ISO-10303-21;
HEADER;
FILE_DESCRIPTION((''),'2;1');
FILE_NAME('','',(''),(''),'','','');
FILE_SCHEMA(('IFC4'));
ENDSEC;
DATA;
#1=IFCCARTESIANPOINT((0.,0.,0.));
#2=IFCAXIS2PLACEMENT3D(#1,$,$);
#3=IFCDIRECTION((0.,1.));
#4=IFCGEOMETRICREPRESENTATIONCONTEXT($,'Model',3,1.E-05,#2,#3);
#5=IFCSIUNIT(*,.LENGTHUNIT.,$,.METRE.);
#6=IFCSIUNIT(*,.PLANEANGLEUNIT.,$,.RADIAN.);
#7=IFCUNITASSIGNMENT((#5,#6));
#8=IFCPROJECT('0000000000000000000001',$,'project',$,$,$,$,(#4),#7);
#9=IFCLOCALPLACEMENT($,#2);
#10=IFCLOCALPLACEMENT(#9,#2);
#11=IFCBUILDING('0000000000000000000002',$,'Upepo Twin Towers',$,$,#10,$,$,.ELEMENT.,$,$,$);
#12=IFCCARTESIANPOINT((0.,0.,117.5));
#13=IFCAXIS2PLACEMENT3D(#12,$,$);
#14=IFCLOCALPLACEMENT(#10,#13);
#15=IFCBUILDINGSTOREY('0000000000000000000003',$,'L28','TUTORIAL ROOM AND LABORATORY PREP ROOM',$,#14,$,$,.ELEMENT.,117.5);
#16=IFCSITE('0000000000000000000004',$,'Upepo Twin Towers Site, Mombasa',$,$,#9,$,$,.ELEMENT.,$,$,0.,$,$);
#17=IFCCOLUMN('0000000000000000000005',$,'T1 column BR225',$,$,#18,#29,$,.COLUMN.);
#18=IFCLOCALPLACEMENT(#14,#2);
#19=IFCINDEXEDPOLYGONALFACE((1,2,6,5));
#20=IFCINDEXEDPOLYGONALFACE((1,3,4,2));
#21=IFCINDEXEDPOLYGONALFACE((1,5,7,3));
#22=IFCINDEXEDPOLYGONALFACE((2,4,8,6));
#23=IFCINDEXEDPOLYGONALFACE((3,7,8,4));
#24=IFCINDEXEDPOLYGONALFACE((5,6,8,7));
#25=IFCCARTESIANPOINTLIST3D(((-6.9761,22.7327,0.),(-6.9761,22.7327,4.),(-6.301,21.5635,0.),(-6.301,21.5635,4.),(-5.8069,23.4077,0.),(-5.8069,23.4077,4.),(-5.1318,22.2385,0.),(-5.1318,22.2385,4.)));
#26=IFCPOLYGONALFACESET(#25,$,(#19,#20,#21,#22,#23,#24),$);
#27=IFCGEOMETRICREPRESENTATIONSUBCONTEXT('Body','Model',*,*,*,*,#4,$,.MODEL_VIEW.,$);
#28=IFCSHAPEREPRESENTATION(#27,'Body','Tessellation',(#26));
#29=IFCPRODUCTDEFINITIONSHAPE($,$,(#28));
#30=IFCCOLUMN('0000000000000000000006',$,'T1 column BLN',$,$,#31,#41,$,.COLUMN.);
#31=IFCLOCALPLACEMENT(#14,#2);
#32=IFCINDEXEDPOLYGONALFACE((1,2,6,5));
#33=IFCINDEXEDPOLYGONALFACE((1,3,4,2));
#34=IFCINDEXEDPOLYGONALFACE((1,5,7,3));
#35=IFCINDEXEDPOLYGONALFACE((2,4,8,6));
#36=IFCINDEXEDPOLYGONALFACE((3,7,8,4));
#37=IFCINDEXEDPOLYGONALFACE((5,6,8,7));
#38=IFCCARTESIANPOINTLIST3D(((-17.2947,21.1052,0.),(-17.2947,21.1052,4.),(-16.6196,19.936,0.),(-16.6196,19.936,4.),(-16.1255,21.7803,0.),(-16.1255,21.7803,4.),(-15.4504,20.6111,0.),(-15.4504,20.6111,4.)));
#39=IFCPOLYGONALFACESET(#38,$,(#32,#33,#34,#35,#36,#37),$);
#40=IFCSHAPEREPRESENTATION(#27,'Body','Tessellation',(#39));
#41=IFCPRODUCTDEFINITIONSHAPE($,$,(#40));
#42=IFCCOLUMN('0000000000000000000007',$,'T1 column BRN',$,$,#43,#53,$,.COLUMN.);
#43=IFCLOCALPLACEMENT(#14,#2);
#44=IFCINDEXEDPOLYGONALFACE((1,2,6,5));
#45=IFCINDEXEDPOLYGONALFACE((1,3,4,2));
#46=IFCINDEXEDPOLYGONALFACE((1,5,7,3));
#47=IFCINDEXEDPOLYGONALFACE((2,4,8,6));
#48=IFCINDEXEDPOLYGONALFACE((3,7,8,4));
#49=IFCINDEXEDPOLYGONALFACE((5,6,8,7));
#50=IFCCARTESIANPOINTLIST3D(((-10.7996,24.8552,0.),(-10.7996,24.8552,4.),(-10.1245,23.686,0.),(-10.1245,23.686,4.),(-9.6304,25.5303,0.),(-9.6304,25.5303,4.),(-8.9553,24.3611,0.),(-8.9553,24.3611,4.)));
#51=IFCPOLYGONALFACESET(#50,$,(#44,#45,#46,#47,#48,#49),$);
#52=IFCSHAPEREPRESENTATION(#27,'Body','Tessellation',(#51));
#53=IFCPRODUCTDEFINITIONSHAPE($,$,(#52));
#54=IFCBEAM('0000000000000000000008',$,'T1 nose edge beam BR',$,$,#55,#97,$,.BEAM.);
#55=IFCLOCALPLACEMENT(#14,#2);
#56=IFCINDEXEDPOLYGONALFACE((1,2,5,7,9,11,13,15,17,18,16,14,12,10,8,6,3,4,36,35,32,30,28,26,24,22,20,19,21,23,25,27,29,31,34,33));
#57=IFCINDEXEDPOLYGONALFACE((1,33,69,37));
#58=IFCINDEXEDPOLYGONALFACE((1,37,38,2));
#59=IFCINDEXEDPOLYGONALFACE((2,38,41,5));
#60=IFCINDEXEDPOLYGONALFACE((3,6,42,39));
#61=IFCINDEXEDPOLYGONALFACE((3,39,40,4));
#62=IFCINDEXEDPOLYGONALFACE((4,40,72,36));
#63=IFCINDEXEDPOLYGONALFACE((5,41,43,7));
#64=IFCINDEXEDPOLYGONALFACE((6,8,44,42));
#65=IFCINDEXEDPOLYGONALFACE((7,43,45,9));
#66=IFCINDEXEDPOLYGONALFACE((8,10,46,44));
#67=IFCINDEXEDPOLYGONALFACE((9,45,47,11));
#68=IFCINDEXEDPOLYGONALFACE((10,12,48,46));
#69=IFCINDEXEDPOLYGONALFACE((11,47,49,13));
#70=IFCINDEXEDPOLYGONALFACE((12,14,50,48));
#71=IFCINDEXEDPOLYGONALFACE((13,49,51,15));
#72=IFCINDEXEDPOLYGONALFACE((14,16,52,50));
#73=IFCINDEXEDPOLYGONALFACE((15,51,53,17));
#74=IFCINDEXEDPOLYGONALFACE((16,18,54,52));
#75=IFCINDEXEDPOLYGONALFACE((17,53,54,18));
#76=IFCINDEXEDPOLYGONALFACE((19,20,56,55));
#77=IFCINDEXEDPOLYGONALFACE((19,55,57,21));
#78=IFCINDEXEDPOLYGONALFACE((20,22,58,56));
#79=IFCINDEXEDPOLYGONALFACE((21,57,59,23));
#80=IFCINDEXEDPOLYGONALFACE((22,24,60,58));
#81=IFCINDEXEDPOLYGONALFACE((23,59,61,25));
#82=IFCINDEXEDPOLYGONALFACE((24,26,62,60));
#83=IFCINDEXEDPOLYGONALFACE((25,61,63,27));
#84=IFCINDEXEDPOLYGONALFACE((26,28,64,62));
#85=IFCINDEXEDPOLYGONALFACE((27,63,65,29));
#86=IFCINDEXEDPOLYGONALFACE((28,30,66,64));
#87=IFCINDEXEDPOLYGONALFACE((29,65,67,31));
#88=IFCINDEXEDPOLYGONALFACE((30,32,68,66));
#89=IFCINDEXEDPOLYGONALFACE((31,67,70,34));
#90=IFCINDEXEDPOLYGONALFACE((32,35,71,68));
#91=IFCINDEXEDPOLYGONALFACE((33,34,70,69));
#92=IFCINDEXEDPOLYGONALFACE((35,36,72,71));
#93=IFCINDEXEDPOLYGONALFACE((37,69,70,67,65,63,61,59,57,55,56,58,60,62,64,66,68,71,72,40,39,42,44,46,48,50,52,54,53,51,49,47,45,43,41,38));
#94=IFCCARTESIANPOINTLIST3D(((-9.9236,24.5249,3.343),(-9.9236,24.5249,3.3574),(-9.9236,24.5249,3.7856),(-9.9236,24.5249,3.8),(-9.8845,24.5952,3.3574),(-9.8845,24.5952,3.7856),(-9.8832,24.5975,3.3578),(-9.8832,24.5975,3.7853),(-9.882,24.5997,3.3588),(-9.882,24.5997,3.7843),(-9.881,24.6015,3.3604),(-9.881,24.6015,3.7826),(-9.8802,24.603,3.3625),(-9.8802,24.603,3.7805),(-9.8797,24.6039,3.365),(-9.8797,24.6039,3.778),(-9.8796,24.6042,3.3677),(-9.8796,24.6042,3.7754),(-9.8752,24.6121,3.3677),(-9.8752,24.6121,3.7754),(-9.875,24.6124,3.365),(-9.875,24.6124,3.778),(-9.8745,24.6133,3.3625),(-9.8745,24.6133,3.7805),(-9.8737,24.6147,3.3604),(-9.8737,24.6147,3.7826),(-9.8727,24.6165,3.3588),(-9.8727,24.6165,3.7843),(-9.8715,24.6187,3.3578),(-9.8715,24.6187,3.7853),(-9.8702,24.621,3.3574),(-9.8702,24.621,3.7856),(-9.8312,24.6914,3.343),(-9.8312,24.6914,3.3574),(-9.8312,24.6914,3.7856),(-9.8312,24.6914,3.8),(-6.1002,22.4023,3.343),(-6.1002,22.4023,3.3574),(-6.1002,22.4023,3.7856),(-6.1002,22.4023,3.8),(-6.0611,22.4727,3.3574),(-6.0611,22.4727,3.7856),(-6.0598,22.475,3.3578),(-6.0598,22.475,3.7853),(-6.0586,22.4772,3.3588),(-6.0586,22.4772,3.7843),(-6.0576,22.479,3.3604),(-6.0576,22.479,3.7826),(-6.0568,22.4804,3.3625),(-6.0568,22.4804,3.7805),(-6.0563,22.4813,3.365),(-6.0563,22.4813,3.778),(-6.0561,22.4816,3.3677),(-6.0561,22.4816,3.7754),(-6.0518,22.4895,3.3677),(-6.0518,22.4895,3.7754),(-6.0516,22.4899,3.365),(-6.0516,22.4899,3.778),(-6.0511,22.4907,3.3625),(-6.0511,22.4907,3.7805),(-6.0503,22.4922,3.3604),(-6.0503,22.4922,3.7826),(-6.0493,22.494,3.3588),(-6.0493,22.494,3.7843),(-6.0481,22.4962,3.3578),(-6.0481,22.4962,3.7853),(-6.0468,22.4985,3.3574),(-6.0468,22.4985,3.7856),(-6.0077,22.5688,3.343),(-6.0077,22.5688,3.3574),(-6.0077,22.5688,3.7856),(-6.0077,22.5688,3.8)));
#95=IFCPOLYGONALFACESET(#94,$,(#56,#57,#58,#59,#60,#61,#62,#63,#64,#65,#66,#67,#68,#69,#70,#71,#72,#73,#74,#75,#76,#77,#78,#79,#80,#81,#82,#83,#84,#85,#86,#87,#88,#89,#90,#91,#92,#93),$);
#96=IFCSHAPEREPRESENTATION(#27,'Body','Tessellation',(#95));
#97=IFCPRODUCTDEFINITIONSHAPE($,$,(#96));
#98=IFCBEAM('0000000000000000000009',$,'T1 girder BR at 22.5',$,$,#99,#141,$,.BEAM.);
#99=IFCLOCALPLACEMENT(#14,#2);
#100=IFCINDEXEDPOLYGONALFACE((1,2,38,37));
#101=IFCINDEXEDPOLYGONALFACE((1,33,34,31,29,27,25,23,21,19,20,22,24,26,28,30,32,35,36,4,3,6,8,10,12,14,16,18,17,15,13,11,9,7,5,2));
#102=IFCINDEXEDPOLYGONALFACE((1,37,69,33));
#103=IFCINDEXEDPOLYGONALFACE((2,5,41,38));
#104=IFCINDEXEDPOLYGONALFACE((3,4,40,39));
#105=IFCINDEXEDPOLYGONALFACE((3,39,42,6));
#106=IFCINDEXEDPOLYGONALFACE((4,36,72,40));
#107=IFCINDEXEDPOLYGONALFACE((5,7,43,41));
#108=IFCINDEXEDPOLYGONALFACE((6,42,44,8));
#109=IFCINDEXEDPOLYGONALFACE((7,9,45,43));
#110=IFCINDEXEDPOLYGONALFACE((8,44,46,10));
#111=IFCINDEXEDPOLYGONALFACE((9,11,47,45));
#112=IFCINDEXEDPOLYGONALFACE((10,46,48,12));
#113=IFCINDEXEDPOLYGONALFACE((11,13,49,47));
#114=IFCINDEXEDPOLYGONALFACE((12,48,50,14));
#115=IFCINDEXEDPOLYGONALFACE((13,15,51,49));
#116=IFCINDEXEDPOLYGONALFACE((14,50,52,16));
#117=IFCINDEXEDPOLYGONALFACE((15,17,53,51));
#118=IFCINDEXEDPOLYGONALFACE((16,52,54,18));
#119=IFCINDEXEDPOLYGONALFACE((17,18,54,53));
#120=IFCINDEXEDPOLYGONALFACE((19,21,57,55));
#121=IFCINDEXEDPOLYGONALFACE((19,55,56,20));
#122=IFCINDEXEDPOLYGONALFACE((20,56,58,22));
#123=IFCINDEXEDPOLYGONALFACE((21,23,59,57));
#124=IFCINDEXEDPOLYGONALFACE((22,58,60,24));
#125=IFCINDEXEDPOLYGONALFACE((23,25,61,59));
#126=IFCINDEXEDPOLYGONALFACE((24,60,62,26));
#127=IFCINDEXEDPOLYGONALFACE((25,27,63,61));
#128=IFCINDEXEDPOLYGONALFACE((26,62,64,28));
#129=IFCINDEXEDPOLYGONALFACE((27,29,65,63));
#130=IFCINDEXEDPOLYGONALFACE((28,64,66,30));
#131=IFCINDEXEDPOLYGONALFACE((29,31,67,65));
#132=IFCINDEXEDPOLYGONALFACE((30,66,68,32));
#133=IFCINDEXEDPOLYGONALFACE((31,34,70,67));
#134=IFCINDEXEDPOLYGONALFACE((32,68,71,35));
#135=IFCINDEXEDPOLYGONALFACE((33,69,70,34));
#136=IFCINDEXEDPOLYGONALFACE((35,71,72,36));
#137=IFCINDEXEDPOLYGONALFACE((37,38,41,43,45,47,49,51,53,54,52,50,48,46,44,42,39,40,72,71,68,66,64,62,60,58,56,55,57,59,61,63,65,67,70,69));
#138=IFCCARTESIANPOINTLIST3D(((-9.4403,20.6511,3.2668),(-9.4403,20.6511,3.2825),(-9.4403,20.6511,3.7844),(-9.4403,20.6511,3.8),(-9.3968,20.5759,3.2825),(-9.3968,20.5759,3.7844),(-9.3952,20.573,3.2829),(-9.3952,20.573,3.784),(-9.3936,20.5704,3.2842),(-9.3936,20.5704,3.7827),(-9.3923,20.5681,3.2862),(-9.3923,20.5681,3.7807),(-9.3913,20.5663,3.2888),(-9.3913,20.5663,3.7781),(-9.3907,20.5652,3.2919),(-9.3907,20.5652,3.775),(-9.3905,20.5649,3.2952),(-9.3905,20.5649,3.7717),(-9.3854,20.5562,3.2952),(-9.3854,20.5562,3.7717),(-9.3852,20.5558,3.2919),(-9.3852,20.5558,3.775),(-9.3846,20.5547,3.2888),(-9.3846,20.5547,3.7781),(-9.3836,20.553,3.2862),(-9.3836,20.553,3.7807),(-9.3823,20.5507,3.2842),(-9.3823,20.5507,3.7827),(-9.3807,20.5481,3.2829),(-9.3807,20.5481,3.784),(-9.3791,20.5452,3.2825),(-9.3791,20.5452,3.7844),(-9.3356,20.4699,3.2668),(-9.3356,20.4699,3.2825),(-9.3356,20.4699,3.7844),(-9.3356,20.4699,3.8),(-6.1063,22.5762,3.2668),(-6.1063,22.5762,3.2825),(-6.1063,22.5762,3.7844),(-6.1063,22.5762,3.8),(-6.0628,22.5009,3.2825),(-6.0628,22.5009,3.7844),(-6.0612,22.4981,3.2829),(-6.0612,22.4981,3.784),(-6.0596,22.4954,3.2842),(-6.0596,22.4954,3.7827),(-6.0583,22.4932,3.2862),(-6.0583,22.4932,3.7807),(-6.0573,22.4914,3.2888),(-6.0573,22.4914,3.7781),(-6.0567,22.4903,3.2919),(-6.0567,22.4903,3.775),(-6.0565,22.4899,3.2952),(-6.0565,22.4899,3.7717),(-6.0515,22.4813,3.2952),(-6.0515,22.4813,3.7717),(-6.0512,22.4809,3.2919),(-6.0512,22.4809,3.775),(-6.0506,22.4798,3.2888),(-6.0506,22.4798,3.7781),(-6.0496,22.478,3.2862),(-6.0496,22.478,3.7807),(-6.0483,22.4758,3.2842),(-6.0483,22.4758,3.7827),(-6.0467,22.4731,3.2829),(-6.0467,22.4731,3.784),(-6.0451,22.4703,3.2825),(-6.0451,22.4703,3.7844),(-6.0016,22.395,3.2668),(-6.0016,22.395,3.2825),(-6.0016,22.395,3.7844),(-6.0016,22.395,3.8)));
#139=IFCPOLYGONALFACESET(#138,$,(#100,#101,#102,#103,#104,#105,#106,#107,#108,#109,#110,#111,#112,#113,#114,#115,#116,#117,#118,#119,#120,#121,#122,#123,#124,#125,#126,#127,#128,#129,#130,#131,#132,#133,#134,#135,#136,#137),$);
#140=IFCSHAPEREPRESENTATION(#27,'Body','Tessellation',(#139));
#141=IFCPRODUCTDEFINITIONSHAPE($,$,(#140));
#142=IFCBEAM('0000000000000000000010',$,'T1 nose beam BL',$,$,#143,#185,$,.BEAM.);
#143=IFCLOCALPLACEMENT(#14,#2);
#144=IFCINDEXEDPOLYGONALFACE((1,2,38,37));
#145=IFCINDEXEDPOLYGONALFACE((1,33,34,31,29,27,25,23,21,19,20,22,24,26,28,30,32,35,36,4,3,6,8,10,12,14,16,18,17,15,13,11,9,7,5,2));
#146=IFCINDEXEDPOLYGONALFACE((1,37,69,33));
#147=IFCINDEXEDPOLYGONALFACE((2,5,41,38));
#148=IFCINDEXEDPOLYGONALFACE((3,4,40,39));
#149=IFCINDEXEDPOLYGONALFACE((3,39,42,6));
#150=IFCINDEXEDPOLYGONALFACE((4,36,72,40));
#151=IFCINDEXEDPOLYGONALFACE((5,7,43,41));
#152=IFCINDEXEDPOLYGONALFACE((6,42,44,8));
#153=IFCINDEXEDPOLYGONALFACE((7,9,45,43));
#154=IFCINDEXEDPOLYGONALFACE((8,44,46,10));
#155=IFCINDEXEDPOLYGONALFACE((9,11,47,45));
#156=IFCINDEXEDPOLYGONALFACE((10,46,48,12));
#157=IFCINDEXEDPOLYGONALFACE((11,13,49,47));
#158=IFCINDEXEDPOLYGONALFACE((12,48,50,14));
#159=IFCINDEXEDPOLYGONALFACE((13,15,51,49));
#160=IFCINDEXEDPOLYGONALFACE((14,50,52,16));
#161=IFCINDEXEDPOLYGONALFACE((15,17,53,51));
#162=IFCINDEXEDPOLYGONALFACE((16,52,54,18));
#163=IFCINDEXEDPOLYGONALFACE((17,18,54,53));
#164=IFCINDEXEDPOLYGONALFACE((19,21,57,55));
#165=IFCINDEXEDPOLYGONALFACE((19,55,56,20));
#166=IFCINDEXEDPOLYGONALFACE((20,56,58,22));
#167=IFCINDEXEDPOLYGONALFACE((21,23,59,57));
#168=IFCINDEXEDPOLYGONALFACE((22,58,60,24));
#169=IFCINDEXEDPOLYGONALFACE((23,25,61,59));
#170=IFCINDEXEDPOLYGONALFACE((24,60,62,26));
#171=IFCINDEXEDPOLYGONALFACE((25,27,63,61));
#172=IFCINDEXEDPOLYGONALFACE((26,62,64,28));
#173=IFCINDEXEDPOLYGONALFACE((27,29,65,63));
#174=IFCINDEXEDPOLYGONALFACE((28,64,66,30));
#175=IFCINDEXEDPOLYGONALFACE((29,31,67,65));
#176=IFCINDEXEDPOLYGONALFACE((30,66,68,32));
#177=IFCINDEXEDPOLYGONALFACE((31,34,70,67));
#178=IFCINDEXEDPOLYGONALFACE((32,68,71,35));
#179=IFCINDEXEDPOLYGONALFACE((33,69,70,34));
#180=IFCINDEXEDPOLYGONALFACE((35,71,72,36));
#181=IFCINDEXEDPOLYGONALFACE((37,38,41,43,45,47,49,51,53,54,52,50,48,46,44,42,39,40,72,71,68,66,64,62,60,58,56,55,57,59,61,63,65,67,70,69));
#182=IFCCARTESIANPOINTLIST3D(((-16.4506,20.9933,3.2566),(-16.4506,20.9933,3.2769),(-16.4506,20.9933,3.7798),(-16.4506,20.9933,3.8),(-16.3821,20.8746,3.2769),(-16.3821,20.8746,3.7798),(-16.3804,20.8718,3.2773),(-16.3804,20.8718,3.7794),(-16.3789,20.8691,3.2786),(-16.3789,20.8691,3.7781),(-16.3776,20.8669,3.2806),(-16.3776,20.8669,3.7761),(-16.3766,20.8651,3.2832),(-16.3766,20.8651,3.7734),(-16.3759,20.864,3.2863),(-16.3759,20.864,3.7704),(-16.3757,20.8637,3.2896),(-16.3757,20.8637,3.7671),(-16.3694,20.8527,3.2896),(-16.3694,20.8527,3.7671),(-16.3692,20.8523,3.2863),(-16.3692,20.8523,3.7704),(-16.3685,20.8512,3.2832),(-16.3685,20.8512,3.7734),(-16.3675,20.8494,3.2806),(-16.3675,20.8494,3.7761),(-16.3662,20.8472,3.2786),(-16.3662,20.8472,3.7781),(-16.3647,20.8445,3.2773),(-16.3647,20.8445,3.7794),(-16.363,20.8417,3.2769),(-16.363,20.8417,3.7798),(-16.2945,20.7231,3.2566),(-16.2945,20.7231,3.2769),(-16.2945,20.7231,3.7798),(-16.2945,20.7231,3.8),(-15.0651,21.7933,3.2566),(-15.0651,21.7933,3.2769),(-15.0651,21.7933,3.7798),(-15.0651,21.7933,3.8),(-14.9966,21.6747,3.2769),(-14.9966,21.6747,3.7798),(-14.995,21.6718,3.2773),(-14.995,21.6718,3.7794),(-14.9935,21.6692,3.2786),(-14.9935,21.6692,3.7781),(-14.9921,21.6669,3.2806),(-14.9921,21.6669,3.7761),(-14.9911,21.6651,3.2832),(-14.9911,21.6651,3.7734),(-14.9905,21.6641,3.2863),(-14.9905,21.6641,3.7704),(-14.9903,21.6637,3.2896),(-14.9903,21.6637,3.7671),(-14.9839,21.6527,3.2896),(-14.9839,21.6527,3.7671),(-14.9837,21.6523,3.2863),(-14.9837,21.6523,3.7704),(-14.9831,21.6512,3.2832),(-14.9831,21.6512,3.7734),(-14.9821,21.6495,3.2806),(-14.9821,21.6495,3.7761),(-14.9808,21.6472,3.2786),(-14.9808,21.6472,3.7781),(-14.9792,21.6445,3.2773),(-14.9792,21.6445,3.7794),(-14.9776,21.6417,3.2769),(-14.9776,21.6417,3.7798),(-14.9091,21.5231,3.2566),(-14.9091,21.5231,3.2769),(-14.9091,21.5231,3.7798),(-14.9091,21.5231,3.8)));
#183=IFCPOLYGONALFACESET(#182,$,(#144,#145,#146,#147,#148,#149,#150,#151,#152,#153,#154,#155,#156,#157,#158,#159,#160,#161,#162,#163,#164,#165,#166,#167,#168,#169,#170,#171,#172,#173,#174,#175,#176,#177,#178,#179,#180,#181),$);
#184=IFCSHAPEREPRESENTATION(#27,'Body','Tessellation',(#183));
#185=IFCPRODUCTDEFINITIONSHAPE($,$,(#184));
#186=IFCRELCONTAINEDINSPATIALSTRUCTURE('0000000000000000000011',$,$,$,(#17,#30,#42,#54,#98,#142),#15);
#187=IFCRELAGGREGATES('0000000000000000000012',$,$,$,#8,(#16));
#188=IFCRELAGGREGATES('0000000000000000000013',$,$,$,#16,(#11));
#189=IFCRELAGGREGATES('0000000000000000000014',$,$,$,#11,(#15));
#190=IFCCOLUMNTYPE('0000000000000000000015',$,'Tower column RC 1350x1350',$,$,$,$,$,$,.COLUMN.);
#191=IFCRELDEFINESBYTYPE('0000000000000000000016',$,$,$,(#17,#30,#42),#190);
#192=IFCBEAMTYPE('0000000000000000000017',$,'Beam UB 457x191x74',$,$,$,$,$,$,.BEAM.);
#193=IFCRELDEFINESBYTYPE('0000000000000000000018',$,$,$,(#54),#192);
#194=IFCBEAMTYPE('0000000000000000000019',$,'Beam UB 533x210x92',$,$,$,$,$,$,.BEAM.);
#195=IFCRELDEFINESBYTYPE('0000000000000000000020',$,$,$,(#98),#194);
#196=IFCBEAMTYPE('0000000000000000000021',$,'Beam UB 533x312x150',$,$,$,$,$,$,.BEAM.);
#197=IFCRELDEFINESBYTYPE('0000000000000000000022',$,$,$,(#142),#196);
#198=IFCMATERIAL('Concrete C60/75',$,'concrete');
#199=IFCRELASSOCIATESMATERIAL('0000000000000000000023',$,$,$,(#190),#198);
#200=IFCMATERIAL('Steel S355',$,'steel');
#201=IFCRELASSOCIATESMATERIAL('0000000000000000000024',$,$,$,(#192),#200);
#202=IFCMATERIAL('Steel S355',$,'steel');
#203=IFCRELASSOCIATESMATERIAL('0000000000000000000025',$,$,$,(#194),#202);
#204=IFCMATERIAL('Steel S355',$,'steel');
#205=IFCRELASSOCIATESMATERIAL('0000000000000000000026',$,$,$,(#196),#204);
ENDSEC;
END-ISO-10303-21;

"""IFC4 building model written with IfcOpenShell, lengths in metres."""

from ifc_helpers import new_model, si_unit, direction, frame, origin, origin_2d, place, context, subcontext, project, spatial, rectangle, i_section, extrude, material, material_profile, profile_set, type_object, element, save


model = new_model("IFC4")

# Units and contexts
model_context = context("Model", 3, precision=1e-05, world=origin(), true_north=direction((0.0, 1.0)))
body_context = subcontext(model_context, "Body", "Model", "MODEL_VIEW")
ifc_project = project(units=[si_unit("LENGTHUNIT", "METRE"), si_unit("PLANEANGLEUNIT", "RADIAN")], contexts=[model_context])

# Site, building, storey
site_placement = place(None, origin())
site = spatial("IfcSite", under=ifc_project, at=site_placement, Name="Upepo Twin Towers Site, Mombasa", CompositionType="ELEMENT", RefElevation=0.0)
building_placement = place(site_placement, origin())
building = spatial("IfcBuilding", under=site, at=building_placement, Name="Upepo Twin Towers", CompositionType="ELEMENT")
storey_placement = place(building_placement, frame((0.0, 0.0, 117.5)))
storey = spatial("IfcBuildingStorey", under=building, at=storey_placement, Name="L28", Description="TUTORIAL ROOM AND LABORATORY PREP ROOM", CompositionType="ELEMENT", Elevation=117.5)

# Columns
ifc_material_1 = material(Name="Concrete C60/75", Category="concrete")
ifc_material_profile_1 = material_profile(ifc_material_1, rectangle(XDim=1.3501, YDim=1.3501, at=origin_2d()), Name="RC 1350x1350")
ifc_profile_set_1 = profile_set([ifc_material_profile_1], Name="Concrete C60/75")
column_type = type_object("IfcColumnType", Name="Tower column RC 1350x1350", PredefinedType="COLUMN", material=ifc_profile_set_1)
for number, where, z_axis, x_axis, name in (
    (1, (-6.054, 22.4856, 0.0), (0.0, 0.0, 1.0), (0.866025, 0.5, 0.0), "T1 column BR225"),
    (2, (-16.3726, 20.8582, 0.0), (0.0, 0.0, 1.0), (0.866025, 0.5, 0.0), "T1 column BLN"),
    (3, (-9.8774, 24.6082, 0.0), (0.0, 0.0, 1.0), (0.866025, 0.5, 0.0), "T1 column BRN"),
):
    element("IfcColumn", number, at=place(storey_placement, frame(where, z_axis=z_axis, x_axis=x_axis)), inside=storey, type_object=column_type, Name=name, PredefinedType="COLUMN", context=body_context, shape_type="SweptSolid", body=[
        extrude(rectangle(XDim=1.3501, YDim=1.3501, at=origin_2d()), origin(), (0.0, 0.0, 1.0), 4.0),
    ])

# Beams
ifc_material_2 = material(Name="Steel S355", Category="steel")
ifc_material_profile_2 = material_profile(ifc_material_2, i_section(OverallWidth=0.1904, OverallDepth=0.457, WebThickness=0.009, FlangeThickness=0.0144, FilletRadius=0.0103, at=origin_2d()), Name="UB 457x191x74")
ifc_profile_set_2 = profile_set([ifc_material_profile_2], Name="Steel S355")
beam_type_1 = type_object("IfcBeamType", Name="Beam UB 457x191x74", PredefinedType="BEAM", material=ifc_profile_set_2)
beam_1_placement = place(storey_placement, frame((-6.054, 22.4856, 3.5715), z_axis=(-0.874313, 0.485363, 0.0), x_axis=(-0.485363, -0.874313, 0.0)))
element("IfcBeam", 4, at=beam_1_placement, inside=storey, type_object=beam_type_1, Name="T1 nose edge beam BR", PredefinedType="BEAM", context=body_context, shape_type="SweptSolid", body=[
    extrude(i_section(OverallWidth=0.1904, OverallDepth=0.457, WebThickness=0.009, FlangeThickness=0.0144, FilletRadius=0.0103, at=origin_2d()), origin(), (0.0, 0.0, 1.0), 4.373),
])
ifc_material_3 = material(Name="Steel S355", Category="steel")
ifc_material_profile_3 = material_profile(ifc_material_3, i_section(OverallWidth=0.2092, OverallDepth=0.5332, WebThickness=0.01, FlangeThickness=0.0156, FilletRadius=0.0127, at=origin_2d()), Name="UB 533x210x92")
ifc_profile_set_3 = profile_set([ifc_material_profile_3], Name="Steel S355")
beam_type_2 = type_object("IfcBeamType", Name="Beam UB 533x210x92", PredefinedType="BEAM", material=ifc_profile_set_3)
beam_2_placement = place(storey_placement, frame((-6.054, 22.4856, 3.5334), z_axis=(-0.866006, -0.500034, 0.0), x_axis=(0.500034, -0.866006, 0.0)))
element("IfcBeam", 5, at=beam_2_placement, inside=storey, type_object=beam_type_2, Name="T1 girder BR at 22.5", PredefinedType="BEAM", context=body_context, shape_type="SweptSolid", body=[
    extrude(i_section(OverallWidth=0.2092, OverallDepth=0.5332, WebThickness=0.01, FlangeThickness=0.0156, FilletRadius=0.0127, at=origin_2d()), origin(), (0.0, 0.0, 1.0), 3.8499),
])
ifc_material_4 = material(Name="Steel S355", Category="steel")
ifc_material_profile_4 = material_profile(ifc_material_4, i_section(OverallWidth=0.312, OverallDepth=0.5435, WebThickness=0.0127, FlangeThickness=0.0203, FilletRadius=0.0127, at=origin_2d()), Name="UB 533x312x150")
ifc_profile_set_4 = profile_set([ifc_material_profile_4], Name="Steel S355")
beam_type_3 = type_object("IfcBeamType", Name="Beam UB 533x312x150", PredefinedType="BEAM", material=ifc_profile_set_4)
for number, where, z_axis, x_axis, name in (
    (6, (-16.3726, 20.8582, 3.5283), (0.86599, 0.500061, 0.0), (-0.500061, 0.86599, 0.0), "T1 nose beam BL"),
):
    element("IfcBeam", number, at=place(storey_placement, frame(where, z_axis=z_axis, x_axis=x_axis)), inside=storey, type_object=beam_type_3, Name=name, PredefinedType="BEAM", context=body_context, shape_type="SweptSolid", body=[
        extrude(i_section(OverallWidth=0.312, OverallDepth=0.5435, WebThickness=0.0127, FlangeThickness=0.0203, FilletRadius=0.0127, at=origin_2d()), origin(), (0.0, 0.0, 1.0), 1.5999),
    ])

save(model, "model.ifc")
